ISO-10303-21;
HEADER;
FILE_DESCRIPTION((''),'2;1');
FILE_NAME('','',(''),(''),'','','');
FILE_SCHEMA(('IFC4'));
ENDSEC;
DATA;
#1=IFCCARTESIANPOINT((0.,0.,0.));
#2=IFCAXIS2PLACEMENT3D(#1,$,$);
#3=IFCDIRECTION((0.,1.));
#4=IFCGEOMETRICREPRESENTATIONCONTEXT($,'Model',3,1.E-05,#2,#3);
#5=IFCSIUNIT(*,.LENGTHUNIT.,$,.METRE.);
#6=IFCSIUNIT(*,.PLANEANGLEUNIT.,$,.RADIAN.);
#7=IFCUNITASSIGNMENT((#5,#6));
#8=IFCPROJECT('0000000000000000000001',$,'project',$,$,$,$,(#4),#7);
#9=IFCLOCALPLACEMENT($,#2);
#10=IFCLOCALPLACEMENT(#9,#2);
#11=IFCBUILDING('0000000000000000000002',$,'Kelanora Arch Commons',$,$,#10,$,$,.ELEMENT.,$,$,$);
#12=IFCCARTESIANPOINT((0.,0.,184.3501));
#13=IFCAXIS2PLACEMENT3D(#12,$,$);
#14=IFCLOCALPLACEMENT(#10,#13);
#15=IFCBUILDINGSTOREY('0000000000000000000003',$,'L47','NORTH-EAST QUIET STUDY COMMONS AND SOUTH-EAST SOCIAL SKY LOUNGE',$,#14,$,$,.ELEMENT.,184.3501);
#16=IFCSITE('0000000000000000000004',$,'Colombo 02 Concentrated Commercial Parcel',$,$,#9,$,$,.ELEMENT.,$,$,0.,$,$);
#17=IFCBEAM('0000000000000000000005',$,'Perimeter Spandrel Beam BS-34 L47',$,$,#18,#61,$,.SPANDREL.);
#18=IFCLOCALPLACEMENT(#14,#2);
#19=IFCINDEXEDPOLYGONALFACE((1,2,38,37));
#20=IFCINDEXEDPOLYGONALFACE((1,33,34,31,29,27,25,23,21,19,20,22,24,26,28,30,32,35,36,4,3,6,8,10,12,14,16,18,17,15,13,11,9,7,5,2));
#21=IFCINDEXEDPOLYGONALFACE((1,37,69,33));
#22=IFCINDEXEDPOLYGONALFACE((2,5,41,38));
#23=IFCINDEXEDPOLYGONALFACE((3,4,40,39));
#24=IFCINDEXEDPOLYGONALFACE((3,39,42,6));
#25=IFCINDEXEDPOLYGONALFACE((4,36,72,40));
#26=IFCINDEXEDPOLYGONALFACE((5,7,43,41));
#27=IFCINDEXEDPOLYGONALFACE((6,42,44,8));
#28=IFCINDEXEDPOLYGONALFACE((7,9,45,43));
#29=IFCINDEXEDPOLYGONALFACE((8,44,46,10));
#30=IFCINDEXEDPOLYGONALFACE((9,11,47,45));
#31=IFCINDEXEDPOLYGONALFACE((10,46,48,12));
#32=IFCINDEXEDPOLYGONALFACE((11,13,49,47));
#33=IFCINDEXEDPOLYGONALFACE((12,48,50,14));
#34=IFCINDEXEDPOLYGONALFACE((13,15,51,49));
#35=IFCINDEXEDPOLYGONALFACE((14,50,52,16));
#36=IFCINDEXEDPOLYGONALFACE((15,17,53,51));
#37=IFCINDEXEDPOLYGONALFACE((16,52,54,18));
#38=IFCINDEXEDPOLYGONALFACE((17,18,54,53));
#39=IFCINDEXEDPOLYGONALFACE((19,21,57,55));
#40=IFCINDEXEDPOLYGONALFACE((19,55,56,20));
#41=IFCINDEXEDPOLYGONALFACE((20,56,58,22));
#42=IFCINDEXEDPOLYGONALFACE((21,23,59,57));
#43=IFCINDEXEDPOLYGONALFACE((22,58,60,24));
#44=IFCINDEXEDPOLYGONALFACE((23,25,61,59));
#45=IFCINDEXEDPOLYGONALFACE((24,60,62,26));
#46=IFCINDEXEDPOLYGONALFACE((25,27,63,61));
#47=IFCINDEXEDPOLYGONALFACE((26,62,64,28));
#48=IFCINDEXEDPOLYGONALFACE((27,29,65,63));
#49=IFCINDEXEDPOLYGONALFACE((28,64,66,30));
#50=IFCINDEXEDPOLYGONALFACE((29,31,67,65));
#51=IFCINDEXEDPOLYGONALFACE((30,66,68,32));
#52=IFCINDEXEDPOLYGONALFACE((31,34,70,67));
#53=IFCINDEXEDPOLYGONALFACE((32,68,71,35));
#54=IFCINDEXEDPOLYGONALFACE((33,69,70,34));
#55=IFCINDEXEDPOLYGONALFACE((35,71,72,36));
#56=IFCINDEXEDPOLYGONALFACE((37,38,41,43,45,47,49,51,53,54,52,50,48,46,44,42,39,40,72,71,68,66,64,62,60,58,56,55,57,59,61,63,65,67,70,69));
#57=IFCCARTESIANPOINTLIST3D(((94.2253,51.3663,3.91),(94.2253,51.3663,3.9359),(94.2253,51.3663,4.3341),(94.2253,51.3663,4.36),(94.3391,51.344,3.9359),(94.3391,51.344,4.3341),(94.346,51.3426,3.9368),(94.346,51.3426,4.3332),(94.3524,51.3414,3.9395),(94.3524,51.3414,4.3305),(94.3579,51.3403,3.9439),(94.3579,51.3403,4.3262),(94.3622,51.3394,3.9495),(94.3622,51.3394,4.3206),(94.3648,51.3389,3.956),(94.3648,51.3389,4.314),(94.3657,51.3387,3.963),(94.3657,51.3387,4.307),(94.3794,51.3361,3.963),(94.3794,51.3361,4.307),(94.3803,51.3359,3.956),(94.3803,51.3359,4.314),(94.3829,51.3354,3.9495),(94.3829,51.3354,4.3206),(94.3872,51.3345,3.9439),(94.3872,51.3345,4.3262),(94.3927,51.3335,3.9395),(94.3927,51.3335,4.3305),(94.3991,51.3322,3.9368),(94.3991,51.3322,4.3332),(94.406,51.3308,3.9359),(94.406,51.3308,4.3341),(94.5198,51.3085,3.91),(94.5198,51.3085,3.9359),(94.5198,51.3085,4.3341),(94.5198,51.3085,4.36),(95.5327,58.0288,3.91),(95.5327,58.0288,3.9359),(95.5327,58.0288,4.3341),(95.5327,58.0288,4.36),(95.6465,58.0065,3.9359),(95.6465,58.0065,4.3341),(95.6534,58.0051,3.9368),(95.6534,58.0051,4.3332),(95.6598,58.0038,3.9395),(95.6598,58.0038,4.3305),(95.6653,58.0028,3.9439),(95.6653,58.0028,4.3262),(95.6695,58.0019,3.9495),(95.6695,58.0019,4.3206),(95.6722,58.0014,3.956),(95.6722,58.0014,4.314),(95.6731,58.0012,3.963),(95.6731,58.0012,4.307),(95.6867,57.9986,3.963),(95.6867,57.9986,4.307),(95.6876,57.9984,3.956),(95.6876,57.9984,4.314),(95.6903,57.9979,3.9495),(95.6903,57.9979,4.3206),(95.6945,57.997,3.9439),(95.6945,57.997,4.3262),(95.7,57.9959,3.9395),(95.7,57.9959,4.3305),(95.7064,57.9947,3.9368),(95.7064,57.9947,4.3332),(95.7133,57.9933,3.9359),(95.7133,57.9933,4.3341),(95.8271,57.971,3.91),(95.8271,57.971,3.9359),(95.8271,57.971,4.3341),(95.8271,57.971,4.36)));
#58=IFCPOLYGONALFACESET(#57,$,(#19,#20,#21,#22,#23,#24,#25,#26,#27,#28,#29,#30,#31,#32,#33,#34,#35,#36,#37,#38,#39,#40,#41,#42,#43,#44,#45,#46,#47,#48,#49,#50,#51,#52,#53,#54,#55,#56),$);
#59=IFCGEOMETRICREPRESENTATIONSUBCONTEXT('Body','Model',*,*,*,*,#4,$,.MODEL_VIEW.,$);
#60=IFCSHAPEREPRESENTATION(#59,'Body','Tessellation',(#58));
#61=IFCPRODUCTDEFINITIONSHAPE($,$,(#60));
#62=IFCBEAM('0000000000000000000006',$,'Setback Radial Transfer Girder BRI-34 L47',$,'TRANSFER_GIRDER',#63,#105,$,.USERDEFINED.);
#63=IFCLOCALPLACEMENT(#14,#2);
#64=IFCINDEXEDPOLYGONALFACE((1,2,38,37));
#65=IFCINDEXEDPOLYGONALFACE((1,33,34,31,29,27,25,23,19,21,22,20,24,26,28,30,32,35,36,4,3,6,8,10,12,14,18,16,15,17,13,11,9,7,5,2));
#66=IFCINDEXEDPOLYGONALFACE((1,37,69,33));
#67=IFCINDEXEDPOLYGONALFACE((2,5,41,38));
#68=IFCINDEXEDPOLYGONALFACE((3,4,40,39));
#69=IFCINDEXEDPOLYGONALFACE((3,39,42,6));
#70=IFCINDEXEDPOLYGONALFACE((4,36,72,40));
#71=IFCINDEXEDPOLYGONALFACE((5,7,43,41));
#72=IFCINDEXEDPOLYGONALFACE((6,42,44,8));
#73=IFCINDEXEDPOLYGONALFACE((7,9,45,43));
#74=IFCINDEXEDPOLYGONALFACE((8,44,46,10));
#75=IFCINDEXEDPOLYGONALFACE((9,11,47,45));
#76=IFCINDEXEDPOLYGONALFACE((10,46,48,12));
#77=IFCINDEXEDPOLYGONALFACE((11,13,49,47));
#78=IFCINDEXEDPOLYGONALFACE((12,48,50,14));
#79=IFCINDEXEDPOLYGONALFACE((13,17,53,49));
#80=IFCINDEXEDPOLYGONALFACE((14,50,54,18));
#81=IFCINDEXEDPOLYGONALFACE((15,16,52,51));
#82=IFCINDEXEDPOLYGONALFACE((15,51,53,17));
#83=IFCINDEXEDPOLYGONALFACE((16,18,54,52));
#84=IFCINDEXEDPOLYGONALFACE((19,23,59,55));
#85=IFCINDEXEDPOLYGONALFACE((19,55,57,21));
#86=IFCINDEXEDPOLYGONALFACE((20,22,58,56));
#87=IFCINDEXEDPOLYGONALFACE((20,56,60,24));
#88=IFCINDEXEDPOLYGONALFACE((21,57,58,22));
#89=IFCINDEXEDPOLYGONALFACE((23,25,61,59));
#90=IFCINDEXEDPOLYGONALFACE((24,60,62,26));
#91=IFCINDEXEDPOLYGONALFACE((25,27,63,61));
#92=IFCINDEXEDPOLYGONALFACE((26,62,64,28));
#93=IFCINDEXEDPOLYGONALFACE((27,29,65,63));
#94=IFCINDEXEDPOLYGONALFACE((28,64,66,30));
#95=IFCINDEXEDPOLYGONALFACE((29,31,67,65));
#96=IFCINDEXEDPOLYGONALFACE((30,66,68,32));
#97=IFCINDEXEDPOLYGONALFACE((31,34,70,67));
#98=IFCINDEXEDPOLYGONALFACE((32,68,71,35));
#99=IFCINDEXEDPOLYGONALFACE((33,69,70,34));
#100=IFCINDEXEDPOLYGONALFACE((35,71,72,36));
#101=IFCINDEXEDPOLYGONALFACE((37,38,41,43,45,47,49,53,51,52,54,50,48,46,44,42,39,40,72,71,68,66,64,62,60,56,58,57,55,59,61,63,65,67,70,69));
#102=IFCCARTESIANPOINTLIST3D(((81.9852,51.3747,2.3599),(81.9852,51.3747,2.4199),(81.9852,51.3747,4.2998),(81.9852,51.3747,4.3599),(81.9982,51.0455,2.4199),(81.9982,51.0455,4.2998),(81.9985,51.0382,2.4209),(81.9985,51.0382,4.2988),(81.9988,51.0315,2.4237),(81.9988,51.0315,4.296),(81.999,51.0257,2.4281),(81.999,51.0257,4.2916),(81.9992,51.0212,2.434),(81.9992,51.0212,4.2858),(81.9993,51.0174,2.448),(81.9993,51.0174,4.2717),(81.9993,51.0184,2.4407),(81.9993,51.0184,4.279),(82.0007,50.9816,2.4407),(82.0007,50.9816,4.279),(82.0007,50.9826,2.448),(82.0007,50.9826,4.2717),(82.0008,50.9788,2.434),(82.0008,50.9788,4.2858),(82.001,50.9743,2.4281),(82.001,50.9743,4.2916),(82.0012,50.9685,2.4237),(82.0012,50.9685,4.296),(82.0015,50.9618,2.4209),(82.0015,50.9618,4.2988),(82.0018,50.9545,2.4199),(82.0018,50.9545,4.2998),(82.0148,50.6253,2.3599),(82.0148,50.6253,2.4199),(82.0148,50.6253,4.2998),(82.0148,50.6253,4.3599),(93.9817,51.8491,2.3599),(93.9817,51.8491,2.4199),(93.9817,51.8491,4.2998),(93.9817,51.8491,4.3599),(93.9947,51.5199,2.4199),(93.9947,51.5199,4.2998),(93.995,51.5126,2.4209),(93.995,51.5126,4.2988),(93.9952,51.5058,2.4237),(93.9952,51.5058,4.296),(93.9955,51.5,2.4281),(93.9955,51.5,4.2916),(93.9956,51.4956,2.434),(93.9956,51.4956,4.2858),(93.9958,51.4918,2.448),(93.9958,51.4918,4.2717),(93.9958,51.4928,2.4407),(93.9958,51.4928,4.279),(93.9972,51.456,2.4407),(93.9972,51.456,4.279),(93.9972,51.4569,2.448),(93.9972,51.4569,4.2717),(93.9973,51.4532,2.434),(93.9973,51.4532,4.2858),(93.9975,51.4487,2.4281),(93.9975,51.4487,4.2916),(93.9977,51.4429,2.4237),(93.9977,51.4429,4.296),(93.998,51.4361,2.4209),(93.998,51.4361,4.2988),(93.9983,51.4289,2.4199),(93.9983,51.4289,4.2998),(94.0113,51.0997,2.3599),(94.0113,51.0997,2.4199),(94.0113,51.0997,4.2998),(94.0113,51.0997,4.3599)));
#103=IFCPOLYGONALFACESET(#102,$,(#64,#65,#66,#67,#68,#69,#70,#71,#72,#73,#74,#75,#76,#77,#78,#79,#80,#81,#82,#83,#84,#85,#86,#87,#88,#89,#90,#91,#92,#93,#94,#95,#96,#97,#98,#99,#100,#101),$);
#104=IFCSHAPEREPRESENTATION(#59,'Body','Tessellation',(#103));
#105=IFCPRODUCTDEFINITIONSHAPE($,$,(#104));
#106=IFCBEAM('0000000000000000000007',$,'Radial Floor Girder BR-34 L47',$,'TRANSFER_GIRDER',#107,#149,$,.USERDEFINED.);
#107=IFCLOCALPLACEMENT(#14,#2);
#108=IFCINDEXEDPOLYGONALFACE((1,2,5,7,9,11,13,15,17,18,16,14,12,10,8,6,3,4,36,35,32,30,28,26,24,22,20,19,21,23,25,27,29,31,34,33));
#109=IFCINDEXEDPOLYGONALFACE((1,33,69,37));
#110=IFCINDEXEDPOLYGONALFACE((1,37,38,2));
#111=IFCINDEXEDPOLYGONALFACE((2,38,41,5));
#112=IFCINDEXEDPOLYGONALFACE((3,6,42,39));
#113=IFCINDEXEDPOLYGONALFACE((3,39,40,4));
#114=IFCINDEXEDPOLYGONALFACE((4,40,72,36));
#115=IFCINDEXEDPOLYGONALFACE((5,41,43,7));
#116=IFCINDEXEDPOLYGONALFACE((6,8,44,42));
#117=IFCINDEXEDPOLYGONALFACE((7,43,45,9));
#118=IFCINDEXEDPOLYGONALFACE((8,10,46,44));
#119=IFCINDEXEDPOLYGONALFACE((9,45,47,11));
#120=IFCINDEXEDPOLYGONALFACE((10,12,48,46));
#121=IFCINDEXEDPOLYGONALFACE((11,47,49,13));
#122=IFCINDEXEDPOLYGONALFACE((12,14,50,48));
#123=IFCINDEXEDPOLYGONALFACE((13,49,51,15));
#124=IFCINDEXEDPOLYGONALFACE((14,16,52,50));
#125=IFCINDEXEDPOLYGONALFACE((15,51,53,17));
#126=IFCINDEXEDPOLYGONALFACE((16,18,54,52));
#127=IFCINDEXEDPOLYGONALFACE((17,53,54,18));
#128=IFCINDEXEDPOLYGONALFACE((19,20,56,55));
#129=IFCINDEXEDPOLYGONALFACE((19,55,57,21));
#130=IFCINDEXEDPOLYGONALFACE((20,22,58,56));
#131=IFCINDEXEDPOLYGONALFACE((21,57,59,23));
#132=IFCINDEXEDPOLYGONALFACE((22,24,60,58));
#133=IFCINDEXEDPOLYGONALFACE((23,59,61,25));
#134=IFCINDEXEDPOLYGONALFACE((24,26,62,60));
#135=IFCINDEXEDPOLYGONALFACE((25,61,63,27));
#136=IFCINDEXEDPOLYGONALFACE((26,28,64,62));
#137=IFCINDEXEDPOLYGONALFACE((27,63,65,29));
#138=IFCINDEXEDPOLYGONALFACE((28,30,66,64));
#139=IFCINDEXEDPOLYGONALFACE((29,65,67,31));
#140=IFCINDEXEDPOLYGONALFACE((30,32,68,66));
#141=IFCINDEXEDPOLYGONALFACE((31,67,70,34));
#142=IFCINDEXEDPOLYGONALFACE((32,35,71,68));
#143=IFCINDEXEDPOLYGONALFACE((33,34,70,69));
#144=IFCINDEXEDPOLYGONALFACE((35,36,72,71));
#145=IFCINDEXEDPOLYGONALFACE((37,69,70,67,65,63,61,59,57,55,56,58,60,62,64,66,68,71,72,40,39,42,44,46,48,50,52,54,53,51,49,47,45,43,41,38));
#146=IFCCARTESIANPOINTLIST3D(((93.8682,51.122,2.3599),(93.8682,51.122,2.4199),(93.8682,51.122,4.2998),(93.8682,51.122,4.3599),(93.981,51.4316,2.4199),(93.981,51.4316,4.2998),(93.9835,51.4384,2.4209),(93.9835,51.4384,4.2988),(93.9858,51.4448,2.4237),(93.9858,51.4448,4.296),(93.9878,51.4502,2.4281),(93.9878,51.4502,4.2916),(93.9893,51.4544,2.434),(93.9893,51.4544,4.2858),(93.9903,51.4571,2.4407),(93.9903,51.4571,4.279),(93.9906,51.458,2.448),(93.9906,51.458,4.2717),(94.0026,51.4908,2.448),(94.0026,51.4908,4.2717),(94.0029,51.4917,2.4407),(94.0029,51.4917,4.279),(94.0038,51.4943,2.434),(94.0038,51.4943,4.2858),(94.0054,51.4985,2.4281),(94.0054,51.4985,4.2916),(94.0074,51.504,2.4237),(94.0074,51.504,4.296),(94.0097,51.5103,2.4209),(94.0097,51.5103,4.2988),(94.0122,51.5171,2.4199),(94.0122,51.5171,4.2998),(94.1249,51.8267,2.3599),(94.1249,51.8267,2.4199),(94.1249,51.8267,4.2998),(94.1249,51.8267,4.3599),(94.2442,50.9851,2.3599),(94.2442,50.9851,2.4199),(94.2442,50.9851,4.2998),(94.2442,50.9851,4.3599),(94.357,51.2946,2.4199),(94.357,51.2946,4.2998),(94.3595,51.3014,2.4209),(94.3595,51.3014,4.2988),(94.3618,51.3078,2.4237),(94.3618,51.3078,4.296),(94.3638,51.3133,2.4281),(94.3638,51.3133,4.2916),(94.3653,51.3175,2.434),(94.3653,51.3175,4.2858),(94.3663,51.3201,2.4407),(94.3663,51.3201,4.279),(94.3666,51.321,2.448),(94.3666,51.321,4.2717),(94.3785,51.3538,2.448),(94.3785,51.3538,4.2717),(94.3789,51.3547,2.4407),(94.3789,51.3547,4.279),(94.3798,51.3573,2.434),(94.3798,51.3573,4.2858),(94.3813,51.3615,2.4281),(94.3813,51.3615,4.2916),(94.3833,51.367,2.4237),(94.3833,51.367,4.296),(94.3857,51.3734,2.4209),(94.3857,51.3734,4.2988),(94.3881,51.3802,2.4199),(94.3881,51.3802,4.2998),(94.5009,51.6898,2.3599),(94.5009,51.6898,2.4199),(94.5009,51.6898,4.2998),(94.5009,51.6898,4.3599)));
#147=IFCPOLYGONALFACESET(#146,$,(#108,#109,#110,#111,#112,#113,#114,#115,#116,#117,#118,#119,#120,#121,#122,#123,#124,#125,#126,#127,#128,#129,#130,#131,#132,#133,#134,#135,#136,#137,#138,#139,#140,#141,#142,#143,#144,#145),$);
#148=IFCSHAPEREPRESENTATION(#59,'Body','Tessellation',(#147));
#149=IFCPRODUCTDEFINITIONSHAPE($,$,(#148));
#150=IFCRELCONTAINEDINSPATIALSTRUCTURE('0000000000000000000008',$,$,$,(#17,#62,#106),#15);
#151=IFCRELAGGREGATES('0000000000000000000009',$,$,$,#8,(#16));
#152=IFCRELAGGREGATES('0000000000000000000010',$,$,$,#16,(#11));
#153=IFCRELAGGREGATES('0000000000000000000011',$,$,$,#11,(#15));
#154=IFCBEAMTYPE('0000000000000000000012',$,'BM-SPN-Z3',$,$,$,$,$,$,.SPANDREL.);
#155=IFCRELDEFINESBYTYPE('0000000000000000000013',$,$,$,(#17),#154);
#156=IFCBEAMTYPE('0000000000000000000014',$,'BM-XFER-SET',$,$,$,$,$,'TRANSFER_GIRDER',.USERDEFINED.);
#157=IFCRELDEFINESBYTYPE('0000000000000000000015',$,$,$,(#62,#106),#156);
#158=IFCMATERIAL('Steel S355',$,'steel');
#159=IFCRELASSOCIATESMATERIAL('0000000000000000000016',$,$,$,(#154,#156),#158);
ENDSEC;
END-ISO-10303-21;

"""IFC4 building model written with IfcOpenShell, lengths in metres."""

from ifc_helpers import new_model, si_unit, direction, frame, origin, origin_2d, place, context, subcontext, project, spatial, i_section, extrude, material, material_profile, profile_set, type_object, element, save


model = new_model("IFC4")

# Units and contexts
model_context = context("Model", 3, precision=1e-05, world=origin(), true_north=direction((0.0, 1.0)))
body_context = subcontext(model_context, "Body", "Model", "MODEL_VIEW")
ifc_project = project(units=[si_unit("LENGTHUNIT", "METRE"), si_unit("PLANEANGLEUNIT", "RADIAN")], contexts=[model_context])

# Site, building, storey
site_placement = place(None, origin())
site = spatial("IfcSite", under=ifc_project, at=site_placement, Name="Colombo 02 Concentrated Commercial Parcel", CompositionType="ELEMENT", RefElevation=0.0)
building_placement = place(site_placement, origin())
building = spatial("IfcBuilding", under=site, at=building_placement, Name="Kelanora Arch Commons", CompositionType="ELEMENT")
storey_placement = place(building_placement, frame((0.0, 0.0, 184.3501)))
storey = spatial("IfcBuildingStorey", under=building, at=storey_placement, Name="L47", Description="NORTH-EAST QUIET STUDY COMMONS AND SOUTH-EAST SOCIAL SKY LOUNGE", CompositionType="ELEMENT", Elevation=184.3501)

# Beams
ifc_material_1 = material(Name="Steel S355", Category="steel")
ifc_material_profile_1 = material_profile(ifc_material_1, i_section(OverallWidth=0.3, OverallDepth=0.45, WebThickness=0.0139, FlangeThickness=0.0259, FilletRadius=0.0271, at=origin_2d()), Name="HEB450")
ifc_profile_set_1 = profile_set([ifc_material_profile_1], Name="Steel S355")
beam_type_1 = type_object("IfcBeamType", Name="BM-SPN-Z3", PredefinedType="SPANDREL", material=ifc_profile_set_1)
beam_1_placement = place(storey_placement, frame((94.3726, 51.3374, 4.135), z_axis=(0.192554, 0.981286, 0.0), x_axis=(-0.981286, 0.192554, 0.0)))
element("IfcBeam", 1, at=beam_1_placement, inside=storey, type_object=beam_type_1, Name="Perimeter Spandrel Beam BS-34 L47", PredefinedType="SPANDREL", context=body_context, shape_type="SweptSolid", body=[
    extrude(i_section(OverallWidth=0.3, OverallDepth=0.45, WebThickness=0.0139, FlangeThickness=0.0259, FilletRadius=0.0271, at=origin_2d()), origin(), (0.0, 0.0, 1.0), 6.7896),
])
ifc_material_profile_2 = material_profile(ifc_material_1, i_section(OverallWidth=0.75, OverallDepth=2.0, WebThickness=0.0349, FlangeThickness=0.0601, FilletRadius=0.0281, at=origin_2d()), Name="PG2000x750")
ifc_profile_set_2 = profile_set([ifc_material_profile_2], Name="Steel S355")
beam_type_2 = type_object("IfcBeamType", Name="BM-XFER-SET", ElementType="TRANSFER_GIRDER", PredefinedType="USERDEFINED", material=ifc_profile_set_2)
beam_2_placement = place(storey_placement, frame((82.0, 51.0, 3.3599), z_axis=(0.999219, 0.039511, 0.0), x_axis=(-0.039511, 0.999219, 0.0)))
element("IfcBeam", 2, at=beam_2_placement, inside=storey, type_object=beam_type_2, Name="Setback Radial Transfer Girder BRI-34 L47", ObjectType="TRANSFER_GIRDER", PredefinedType="USERDEFINED", context=body_context, shape_type="SweptSolid", body=[
    extrude(i_section(OverallWidth=0.75, OverallDepth=2.0, WebThickness=0.0349, FlangeThickness=0.0601, FilletRadius=0.0281, at=origin_2d()), origin(), (0.0, 0.0, 1.0), 12.0059),
])
beam_3_placement = place(storey_placement, frame((93.9966, 51.4744, 3.3599), z_axis=(0.939597, -0.342282, 0.0), x_axis=(0.342282, 0.939597, 0.0)))
element("IfcBeam", 3, at=beam_3_placement, inside=storey, type_object=beam_type_2, Name="Radial Floor Girder BR-34 L47", ObjectType="TRANSFER_GIRDER", PredefinedType="USERDEFINED", context=body_context, shape_type="SweptSolid", body=[
    extrude(i_section(OverallWidth=0.75, OverallDepth=2.0, WebThickness=0.0349, FlangeThickness=0.0601, FilletRadius=0.0281, at=origin_2d()), origin(), (0.0, 0.0, 1.0), 0.4001),
])

save(model, "model.ifc")
